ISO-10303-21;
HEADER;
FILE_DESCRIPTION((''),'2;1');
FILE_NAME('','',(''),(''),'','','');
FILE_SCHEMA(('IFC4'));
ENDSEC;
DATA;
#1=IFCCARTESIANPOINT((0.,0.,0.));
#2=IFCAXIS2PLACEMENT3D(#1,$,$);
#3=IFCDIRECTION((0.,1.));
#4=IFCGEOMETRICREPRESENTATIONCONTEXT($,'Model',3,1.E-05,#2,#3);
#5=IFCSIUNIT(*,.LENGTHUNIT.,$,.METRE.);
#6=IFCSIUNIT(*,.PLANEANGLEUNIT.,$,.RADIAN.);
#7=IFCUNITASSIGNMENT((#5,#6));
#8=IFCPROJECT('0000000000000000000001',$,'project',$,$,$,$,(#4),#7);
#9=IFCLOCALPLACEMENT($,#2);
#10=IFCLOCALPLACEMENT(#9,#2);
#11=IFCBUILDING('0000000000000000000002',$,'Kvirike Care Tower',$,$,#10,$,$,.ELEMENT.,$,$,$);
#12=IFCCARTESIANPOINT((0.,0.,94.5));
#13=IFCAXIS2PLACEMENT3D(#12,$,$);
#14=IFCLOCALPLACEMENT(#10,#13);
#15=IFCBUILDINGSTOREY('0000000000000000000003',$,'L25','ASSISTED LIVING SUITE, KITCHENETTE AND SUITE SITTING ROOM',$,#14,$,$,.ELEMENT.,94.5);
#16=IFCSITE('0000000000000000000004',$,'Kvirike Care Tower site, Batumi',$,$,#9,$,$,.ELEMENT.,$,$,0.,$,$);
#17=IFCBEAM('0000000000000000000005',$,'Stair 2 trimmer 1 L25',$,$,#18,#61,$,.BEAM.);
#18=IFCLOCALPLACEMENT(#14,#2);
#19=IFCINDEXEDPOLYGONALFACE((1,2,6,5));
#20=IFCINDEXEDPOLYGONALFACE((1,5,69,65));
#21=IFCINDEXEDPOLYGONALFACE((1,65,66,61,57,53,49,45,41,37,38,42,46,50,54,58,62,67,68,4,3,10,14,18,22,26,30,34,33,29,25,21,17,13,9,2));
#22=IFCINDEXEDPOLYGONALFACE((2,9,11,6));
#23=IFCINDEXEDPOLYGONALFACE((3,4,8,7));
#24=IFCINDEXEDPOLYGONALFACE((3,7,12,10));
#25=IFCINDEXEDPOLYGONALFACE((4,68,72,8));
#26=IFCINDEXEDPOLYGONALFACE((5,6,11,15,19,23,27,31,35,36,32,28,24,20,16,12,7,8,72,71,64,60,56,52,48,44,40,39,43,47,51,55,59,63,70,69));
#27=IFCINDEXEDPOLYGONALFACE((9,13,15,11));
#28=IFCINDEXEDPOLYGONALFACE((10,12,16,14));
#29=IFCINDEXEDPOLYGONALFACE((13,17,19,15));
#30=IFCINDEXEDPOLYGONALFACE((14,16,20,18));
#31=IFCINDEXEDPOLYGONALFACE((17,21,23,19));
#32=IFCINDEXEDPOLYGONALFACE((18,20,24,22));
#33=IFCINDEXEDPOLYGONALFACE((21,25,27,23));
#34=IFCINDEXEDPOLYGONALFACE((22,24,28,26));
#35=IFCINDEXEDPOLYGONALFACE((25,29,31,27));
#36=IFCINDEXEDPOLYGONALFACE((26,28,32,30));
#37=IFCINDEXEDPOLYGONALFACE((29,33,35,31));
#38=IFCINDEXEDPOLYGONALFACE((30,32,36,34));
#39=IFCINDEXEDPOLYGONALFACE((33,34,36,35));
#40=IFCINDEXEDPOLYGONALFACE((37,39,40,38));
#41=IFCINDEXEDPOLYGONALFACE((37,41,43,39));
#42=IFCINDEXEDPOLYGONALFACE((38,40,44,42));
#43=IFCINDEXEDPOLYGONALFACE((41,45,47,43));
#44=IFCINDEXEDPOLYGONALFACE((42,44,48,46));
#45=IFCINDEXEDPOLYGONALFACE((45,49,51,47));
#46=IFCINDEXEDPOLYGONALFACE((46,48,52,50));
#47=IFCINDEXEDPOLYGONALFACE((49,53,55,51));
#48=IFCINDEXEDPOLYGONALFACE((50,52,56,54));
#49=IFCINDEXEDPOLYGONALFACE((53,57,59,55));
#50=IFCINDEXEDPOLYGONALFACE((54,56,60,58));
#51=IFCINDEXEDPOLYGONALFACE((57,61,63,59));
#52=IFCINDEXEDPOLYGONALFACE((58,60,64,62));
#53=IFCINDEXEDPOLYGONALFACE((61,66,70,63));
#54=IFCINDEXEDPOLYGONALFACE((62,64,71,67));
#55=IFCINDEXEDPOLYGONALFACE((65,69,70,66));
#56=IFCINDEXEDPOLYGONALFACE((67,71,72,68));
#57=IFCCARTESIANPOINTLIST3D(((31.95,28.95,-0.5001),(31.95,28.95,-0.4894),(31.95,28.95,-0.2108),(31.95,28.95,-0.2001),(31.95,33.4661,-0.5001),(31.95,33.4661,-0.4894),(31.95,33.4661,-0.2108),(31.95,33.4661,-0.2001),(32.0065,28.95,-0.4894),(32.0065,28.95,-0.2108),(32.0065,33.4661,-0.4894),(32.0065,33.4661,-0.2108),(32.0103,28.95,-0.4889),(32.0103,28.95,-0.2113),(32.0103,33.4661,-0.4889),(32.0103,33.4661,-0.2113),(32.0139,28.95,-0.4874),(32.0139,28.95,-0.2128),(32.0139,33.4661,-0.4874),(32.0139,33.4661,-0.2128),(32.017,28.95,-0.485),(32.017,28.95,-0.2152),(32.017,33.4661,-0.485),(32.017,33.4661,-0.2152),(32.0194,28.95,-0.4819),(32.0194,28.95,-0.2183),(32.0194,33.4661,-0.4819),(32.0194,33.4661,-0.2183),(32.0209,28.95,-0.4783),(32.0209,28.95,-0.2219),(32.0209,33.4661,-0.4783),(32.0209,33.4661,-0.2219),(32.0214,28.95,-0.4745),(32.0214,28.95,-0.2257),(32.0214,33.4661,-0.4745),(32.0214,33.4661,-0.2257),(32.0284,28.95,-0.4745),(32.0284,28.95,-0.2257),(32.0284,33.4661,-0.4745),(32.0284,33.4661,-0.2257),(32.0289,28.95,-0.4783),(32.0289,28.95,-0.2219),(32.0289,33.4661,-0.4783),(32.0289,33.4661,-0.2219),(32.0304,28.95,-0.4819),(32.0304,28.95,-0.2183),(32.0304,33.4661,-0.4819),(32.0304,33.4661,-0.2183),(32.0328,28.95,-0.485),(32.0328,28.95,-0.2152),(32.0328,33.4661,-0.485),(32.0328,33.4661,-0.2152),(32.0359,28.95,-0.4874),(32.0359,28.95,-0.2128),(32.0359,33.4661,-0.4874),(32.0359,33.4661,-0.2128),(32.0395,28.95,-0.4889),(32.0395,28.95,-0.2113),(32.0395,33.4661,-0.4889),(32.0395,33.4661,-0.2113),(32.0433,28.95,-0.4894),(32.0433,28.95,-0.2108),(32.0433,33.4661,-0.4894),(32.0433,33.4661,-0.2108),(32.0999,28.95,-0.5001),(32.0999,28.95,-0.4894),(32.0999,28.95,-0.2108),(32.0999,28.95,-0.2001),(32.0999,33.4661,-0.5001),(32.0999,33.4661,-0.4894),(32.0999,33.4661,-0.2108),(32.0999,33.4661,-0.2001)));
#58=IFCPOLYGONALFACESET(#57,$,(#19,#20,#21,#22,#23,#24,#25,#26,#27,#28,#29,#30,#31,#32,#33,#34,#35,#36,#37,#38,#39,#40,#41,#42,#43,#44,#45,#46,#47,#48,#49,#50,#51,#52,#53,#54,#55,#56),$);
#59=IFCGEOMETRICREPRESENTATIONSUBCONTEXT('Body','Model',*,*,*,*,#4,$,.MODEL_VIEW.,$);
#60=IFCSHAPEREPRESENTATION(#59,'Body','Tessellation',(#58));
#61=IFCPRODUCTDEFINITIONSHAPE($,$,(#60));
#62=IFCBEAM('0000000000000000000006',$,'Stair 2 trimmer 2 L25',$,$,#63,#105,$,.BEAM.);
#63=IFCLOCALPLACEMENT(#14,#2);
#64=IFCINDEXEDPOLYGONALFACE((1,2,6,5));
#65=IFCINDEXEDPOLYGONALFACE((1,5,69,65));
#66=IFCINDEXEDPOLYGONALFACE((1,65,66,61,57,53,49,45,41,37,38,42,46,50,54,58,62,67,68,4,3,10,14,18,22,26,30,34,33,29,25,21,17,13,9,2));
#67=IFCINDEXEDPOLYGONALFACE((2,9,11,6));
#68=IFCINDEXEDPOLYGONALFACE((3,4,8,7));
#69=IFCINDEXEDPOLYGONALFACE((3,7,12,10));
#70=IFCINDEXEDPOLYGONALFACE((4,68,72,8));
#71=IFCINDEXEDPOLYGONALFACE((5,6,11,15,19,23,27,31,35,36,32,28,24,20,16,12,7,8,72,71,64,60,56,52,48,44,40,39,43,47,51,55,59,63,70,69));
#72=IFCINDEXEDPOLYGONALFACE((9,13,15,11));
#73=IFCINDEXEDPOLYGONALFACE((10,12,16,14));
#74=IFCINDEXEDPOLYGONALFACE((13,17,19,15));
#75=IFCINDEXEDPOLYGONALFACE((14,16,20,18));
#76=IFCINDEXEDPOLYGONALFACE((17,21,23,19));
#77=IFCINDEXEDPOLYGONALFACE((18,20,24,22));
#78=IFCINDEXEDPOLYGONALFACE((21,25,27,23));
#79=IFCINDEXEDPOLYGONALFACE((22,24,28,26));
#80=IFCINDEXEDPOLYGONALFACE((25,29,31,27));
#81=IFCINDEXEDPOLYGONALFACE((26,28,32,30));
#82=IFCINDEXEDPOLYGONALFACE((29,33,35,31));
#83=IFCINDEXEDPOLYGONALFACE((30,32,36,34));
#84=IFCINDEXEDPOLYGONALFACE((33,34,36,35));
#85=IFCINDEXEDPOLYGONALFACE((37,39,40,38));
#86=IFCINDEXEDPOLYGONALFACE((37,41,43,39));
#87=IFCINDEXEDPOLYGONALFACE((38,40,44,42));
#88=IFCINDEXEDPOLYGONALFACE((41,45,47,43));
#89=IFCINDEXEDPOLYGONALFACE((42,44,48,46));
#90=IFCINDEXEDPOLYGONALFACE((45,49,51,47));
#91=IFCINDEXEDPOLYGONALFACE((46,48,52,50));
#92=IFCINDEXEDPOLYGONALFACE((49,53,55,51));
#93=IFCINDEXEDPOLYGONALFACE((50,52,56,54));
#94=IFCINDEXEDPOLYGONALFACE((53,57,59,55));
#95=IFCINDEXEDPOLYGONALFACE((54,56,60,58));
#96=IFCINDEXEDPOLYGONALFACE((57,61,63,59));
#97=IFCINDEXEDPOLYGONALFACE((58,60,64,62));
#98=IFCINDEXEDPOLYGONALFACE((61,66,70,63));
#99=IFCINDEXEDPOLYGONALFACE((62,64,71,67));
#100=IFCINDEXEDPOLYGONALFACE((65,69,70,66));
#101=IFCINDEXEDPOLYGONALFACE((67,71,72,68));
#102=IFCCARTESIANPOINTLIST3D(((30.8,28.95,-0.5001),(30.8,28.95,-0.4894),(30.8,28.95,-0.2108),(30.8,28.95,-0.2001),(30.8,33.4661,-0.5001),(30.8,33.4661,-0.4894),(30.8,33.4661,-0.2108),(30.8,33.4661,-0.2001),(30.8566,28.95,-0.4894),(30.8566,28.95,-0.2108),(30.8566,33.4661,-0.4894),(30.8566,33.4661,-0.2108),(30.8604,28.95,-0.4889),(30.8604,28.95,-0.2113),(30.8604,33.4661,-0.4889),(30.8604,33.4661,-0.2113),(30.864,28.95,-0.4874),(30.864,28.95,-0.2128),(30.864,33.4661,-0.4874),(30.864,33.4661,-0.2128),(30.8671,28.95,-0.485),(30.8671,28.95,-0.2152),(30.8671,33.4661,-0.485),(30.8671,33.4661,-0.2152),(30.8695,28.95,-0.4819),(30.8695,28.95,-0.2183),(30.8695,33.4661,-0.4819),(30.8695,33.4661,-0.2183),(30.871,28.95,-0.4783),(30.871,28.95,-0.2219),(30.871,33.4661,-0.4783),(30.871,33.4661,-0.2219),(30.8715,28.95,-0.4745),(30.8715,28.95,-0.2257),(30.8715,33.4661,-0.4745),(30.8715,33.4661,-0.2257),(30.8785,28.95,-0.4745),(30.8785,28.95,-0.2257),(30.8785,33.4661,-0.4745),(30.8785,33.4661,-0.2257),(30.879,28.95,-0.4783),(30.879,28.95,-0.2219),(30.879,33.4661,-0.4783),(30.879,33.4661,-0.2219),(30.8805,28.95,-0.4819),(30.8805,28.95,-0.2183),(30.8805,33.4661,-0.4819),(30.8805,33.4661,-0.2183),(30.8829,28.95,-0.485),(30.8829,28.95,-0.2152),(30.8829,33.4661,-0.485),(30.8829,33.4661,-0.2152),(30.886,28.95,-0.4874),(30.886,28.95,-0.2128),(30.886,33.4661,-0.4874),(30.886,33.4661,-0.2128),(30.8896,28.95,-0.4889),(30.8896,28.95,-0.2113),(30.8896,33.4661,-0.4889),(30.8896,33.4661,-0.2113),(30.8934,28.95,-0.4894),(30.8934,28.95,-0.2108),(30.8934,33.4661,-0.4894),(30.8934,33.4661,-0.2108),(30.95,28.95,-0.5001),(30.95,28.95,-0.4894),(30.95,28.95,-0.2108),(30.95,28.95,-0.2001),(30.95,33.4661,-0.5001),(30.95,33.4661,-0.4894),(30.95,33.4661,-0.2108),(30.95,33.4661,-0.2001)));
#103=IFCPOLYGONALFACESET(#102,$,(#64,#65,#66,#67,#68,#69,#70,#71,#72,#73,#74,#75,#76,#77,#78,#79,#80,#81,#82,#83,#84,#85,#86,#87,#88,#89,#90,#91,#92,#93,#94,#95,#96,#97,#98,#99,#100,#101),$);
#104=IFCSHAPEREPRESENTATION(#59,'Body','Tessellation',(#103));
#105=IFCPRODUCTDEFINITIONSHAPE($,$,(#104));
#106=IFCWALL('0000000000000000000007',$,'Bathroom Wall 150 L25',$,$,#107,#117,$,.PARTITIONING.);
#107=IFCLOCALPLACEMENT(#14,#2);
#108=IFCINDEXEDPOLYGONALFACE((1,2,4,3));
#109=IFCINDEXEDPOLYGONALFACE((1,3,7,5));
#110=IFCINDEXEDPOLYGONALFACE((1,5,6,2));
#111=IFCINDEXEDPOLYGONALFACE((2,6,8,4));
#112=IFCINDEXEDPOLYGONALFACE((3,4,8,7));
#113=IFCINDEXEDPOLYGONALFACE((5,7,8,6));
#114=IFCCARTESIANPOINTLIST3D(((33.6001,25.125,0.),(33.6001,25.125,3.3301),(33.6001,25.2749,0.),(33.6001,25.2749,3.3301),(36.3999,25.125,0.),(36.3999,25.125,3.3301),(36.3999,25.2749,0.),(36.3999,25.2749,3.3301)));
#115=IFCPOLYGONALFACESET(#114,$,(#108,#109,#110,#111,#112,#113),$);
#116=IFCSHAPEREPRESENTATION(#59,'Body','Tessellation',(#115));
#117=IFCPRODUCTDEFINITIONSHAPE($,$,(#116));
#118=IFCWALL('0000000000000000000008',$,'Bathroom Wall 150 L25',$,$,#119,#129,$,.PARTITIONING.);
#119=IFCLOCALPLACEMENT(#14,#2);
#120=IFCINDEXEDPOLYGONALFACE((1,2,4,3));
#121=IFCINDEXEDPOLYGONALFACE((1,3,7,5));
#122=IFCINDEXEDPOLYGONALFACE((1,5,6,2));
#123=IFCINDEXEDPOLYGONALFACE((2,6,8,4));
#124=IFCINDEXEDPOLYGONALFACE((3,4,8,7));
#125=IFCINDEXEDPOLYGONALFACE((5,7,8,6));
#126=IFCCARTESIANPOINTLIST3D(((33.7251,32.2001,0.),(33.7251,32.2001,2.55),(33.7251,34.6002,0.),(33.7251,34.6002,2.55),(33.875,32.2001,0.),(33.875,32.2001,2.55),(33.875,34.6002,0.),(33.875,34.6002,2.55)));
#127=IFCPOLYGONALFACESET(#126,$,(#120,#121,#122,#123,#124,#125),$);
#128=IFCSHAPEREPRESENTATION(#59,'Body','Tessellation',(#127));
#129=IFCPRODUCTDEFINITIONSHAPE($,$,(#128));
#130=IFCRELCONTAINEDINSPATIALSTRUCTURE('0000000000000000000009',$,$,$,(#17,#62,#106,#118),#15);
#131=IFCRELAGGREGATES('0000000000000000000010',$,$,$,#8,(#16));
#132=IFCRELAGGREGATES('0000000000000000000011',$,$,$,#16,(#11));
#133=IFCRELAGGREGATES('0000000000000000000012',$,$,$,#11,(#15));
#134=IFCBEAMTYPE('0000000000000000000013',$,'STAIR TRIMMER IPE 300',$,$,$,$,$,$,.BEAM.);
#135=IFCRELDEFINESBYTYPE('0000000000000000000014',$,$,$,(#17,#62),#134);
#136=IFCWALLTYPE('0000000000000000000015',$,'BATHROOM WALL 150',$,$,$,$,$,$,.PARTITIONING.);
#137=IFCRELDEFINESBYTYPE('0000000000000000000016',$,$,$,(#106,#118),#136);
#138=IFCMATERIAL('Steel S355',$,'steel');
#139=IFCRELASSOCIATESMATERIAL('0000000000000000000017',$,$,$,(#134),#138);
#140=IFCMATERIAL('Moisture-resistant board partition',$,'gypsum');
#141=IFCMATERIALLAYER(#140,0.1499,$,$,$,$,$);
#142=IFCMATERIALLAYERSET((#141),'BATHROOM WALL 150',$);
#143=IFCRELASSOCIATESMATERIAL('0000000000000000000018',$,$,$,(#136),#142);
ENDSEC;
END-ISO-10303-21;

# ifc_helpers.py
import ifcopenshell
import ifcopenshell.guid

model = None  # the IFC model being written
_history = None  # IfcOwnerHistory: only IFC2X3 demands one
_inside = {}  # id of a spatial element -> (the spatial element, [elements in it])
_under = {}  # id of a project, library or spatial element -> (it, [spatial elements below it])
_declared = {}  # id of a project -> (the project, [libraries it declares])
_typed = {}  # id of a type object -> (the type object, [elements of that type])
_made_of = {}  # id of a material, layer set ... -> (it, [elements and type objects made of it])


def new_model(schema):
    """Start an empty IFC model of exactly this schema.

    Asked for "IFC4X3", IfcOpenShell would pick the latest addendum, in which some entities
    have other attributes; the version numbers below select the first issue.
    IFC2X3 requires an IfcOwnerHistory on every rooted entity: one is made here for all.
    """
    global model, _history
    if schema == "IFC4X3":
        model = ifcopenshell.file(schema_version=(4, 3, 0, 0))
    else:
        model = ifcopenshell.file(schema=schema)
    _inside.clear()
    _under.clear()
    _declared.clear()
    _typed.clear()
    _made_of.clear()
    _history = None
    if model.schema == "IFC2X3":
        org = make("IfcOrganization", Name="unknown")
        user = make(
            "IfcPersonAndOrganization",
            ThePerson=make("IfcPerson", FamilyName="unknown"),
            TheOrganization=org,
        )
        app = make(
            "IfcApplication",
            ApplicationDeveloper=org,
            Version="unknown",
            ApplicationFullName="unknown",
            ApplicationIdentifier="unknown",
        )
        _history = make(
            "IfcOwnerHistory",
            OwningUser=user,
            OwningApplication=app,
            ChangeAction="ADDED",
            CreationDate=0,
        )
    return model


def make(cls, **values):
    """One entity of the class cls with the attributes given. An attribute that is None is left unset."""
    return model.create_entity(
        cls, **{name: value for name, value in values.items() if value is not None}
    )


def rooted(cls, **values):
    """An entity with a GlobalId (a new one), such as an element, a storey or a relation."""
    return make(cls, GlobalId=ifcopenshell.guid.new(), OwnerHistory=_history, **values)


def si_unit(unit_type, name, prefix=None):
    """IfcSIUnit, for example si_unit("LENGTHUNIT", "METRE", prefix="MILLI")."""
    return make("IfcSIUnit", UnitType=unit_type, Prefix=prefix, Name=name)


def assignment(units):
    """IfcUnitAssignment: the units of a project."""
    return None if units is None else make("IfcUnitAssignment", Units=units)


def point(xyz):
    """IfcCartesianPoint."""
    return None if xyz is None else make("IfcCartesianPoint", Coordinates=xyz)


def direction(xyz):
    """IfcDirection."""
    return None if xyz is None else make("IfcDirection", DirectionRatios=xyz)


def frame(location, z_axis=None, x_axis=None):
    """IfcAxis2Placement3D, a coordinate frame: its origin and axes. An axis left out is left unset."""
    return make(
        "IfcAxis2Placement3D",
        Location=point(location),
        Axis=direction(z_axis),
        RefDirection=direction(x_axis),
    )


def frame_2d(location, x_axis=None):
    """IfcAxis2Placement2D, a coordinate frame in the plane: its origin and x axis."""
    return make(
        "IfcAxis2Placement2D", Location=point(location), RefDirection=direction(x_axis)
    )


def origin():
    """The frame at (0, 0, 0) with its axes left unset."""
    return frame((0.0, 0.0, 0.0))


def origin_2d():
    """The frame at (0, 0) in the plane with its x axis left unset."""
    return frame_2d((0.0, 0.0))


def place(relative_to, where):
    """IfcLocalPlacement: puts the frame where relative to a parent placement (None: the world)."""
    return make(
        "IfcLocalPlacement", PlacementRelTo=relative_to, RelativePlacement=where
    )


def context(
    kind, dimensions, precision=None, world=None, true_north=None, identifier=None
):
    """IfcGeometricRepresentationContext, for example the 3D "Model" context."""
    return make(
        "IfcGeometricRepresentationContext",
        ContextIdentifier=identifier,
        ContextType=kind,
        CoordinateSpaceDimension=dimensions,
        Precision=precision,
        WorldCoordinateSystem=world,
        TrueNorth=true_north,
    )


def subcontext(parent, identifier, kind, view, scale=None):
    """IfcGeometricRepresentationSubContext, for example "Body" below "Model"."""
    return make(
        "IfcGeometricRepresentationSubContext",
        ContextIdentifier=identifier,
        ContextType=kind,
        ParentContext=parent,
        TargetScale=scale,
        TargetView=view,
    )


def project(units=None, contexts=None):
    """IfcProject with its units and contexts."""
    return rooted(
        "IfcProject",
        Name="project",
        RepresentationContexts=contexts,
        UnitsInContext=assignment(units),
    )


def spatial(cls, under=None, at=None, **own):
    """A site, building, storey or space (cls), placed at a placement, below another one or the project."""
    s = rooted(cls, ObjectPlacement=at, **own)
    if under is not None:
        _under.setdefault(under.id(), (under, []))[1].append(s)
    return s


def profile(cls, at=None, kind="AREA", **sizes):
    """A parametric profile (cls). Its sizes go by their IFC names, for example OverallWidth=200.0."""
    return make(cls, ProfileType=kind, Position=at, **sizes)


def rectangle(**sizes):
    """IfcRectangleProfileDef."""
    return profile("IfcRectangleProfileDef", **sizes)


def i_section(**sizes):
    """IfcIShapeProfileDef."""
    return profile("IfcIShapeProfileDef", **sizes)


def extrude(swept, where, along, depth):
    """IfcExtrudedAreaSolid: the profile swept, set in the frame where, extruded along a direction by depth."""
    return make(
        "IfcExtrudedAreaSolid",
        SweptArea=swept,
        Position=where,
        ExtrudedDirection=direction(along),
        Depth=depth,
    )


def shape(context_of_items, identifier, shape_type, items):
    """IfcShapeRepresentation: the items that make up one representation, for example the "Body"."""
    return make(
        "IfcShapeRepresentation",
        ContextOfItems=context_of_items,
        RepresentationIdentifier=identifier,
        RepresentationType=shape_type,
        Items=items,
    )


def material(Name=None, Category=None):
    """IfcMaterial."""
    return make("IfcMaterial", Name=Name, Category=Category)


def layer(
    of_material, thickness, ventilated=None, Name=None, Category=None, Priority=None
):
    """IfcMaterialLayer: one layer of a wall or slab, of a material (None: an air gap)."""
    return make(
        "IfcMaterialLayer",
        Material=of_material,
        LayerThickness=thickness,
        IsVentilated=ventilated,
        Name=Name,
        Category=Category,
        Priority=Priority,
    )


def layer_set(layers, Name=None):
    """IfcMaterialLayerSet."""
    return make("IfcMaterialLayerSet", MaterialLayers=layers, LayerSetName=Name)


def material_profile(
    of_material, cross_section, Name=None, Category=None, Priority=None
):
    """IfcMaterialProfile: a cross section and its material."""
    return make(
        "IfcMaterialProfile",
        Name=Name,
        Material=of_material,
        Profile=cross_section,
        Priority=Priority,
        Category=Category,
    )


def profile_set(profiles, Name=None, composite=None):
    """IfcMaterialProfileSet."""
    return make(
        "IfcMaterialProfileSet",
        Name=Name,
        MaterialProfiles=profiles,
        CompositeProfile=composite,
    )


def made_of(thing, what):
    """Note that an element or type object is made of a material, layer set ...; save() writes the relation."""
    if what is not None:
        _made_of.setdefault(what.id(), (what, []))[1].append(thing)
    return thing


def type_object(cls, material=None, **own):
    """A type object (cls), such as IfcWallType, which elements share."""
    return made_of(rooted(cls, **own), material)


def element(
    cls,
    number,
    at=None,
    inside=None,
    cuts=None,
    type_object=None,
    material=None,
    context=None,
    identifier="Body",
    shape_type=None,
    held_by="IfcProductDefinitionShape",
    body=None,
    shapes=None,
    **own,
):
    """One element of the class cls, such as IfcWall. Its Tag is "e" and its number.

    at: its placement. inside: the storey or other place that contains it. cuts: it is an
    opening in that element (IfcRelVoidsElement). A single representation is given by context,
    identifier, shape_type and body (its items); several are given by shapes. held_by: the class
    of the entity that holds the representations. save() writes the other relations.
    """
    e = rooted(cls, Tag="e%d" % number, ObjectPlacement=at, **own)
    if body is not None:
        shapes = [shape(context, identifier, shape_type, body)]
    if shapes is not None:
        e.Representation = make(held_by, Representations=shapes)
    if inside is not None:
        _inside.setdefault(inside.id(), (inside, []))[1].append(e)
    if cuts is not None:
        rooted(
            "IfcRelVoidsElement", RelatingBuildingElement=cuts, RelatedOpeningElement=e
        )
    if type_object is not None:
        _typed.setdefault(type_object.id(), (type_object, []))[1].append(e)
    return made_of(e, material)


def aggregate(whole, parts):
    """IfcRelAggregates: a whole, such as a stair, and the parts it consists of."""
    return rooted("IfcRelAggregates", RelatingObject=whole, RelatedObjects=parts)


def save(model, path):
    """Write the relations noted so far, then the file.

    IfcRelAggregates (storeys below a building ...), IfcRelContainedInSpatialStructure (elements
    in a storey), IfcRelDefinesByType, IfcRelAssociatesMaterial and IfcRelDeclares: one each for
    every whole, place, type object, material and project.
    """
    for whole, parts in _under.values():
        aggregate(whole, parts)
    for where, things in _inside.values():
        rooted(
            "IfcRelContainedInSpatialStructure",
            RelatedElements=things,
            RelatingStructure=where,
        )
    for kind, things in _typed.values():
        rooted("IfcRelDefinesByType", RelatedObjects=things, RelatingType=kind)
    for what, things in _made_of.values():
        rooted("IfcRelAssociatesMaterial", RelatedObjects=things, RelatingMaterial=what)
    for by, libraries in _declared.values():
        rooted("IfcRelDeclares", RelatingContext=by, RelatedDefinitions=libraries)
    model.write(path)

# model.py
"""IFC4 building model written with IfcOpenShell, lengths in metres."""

from ifc_helpers import new_model, si_unit, direction, frame, frame_2d, origin, origin_2d, place, context, subcontext, project, spatial, rectangle, i_section, extrude, material, layer, layer_set, material_profile, profile_set, type_object, element, save


model = new_model("IFC4")

# Units and contexts
model_context = context("Model", 3, precision=1e-05, world=origin(), true_north=direction((0.0, 1.0)))
body_context = subcontext(model_context, "Body", "Model", "MODEL_VIEW")
ifc_project = project(units=[si_unit("LENGTHUNIT", "METRE"), si_unit("PLANEANGLEUNIT", "RADIAN")], contexts=[model_context])

# Site, building, storey
site_placement = place(None, origin())
site = spatial("IfcSite", under=ifc_project, at=site_placement, Name="Kvirike Care Tower site, Batumi", CompositionType="ELEMENT", RefElevation=0.0)
building_placement = place(site_placement, origin())
building = spatial("IfcBuilding", under=site, at=building_placement, Name="Kvirike Care Tower", CompositionType="ELEMENT")
storey_placement = place(building_placement, frame((0.0, 0.0, 94.5)))
storey = spatial("IfcBuildingStorey", under=building, at=storey_placement, Name="L25", Description="ASSISTED LIVING SUITE, KITCHENETTE AND SUITE SITTING ROOM", CompositionType="ELEMENT", Elevation=94.5)

# Beams
ifc_material_1 = material(Name="Steel S355", Category="steel")
ifc_material_profile_1 = material_profile(ifc_material_1, i_section(OverallWidth=0.1499, OverallDepth=0.3, WebThickness=0.0071, FlangeThickness=0.0107, FilletRadius=0.0149, at=origin_2d()), Name="IPE 300")
ifc_profile_set_1 = profile_set([ifc_material_profile_1], Name="Steel S355")
beam_type_1 = type_object("IfcBeamType", Name="STAIR TRIMMER IPE 300", PredefinedType="BEAM", material=ifc_profile_set_1)
for number, where, z_axis, x_axis, name in (
    (1, (32.0249, 28.95, -0.3501), (0.0, 1.0, 0.0), (-1.0, 0.0, 0.0), "Stair 2 trimmer 1 L25"),
    (2, (30.875, 28.95, -0.3501), (0.0, 1.0, 0.0), (-1.0, 0.0, 0.0), "Stair 2 trimmer 2 L25"),
):
    element("IfcBeam", number, at=place(storey_placement, frame(where, z_axis=z_axis, x_axis=x_axis)), inside=storey, type_object=beam_type_1, Name=name, PredefinedType="BEAM", context=body_context, shape_type="SweptSolid", body=[
        extrude(i_section(OverallWidth=0.1499, OverallDepth=0.3, WebThickness=0.0071, FlangeThickness=0.0107, FilletRadius=0.0149, at=origin_2d()), origin(), (0.0, 0.0, 1.0), 4.5161),
    ])

# Walls
ifc_material_2 = material(Name="Moisture-resistant board partition", Category="gypsum")
ifc_layer_1 = layer(ifc_material_2, 0.1499)
ifc_layer_set_1 = layer_set([ifc_layer_1], Name="BATHROOM WALL 150")
wall_type_1 = type_object("IfcWallType", Name="BATHROOM WALL 150", PredefinedType="PARTITIONING", material=ifc_layer_set_1)
wall_1_placement = place(storey_placement, frame((33.6001, 25.2, 0.0), z_axis=(0.0, 0.0, 1.0), x_axis=(1.0, 0.0, 0.0)))
element("IfcWall", 3, at=wall_1_placement, inside=storey, type_object=wall_type_1, Name="Bathroom Wall 150 L25", PredefinedType="PARTITIONING", context=body_context, shape_type="SweptSolid", body=[
    extrude(rectangle(XDim=2.7998, YDim=0.1499, at=frame_2d((1.3999, 0.0))), origin(), (0.0, 0.0, 1.0), 3.3301),
])
wall_2_placement = place(storey_placement, frame((33.8, 32.2, 0.0), z_axis=(0.0, 0.0, 1.0), x_axis=(0.0, 1.0, 0.0)))
element("IfcWall", 4, at=wall_2_placement, inside=storey, type_object=wall_type_1, Name="Bathroom Wall 150 L25", PredefinedType="PARTITIONING", context=body_context, shape_type="SweptSolid", body=[
    extrude(rectangle(XDim=2.4001, YDim=0.1499, at=frame_2d((1.2002, 0.0))), origin(), (0.0, 0.0, 1.0), 2.55),
])

save(model, "model.ifc")
